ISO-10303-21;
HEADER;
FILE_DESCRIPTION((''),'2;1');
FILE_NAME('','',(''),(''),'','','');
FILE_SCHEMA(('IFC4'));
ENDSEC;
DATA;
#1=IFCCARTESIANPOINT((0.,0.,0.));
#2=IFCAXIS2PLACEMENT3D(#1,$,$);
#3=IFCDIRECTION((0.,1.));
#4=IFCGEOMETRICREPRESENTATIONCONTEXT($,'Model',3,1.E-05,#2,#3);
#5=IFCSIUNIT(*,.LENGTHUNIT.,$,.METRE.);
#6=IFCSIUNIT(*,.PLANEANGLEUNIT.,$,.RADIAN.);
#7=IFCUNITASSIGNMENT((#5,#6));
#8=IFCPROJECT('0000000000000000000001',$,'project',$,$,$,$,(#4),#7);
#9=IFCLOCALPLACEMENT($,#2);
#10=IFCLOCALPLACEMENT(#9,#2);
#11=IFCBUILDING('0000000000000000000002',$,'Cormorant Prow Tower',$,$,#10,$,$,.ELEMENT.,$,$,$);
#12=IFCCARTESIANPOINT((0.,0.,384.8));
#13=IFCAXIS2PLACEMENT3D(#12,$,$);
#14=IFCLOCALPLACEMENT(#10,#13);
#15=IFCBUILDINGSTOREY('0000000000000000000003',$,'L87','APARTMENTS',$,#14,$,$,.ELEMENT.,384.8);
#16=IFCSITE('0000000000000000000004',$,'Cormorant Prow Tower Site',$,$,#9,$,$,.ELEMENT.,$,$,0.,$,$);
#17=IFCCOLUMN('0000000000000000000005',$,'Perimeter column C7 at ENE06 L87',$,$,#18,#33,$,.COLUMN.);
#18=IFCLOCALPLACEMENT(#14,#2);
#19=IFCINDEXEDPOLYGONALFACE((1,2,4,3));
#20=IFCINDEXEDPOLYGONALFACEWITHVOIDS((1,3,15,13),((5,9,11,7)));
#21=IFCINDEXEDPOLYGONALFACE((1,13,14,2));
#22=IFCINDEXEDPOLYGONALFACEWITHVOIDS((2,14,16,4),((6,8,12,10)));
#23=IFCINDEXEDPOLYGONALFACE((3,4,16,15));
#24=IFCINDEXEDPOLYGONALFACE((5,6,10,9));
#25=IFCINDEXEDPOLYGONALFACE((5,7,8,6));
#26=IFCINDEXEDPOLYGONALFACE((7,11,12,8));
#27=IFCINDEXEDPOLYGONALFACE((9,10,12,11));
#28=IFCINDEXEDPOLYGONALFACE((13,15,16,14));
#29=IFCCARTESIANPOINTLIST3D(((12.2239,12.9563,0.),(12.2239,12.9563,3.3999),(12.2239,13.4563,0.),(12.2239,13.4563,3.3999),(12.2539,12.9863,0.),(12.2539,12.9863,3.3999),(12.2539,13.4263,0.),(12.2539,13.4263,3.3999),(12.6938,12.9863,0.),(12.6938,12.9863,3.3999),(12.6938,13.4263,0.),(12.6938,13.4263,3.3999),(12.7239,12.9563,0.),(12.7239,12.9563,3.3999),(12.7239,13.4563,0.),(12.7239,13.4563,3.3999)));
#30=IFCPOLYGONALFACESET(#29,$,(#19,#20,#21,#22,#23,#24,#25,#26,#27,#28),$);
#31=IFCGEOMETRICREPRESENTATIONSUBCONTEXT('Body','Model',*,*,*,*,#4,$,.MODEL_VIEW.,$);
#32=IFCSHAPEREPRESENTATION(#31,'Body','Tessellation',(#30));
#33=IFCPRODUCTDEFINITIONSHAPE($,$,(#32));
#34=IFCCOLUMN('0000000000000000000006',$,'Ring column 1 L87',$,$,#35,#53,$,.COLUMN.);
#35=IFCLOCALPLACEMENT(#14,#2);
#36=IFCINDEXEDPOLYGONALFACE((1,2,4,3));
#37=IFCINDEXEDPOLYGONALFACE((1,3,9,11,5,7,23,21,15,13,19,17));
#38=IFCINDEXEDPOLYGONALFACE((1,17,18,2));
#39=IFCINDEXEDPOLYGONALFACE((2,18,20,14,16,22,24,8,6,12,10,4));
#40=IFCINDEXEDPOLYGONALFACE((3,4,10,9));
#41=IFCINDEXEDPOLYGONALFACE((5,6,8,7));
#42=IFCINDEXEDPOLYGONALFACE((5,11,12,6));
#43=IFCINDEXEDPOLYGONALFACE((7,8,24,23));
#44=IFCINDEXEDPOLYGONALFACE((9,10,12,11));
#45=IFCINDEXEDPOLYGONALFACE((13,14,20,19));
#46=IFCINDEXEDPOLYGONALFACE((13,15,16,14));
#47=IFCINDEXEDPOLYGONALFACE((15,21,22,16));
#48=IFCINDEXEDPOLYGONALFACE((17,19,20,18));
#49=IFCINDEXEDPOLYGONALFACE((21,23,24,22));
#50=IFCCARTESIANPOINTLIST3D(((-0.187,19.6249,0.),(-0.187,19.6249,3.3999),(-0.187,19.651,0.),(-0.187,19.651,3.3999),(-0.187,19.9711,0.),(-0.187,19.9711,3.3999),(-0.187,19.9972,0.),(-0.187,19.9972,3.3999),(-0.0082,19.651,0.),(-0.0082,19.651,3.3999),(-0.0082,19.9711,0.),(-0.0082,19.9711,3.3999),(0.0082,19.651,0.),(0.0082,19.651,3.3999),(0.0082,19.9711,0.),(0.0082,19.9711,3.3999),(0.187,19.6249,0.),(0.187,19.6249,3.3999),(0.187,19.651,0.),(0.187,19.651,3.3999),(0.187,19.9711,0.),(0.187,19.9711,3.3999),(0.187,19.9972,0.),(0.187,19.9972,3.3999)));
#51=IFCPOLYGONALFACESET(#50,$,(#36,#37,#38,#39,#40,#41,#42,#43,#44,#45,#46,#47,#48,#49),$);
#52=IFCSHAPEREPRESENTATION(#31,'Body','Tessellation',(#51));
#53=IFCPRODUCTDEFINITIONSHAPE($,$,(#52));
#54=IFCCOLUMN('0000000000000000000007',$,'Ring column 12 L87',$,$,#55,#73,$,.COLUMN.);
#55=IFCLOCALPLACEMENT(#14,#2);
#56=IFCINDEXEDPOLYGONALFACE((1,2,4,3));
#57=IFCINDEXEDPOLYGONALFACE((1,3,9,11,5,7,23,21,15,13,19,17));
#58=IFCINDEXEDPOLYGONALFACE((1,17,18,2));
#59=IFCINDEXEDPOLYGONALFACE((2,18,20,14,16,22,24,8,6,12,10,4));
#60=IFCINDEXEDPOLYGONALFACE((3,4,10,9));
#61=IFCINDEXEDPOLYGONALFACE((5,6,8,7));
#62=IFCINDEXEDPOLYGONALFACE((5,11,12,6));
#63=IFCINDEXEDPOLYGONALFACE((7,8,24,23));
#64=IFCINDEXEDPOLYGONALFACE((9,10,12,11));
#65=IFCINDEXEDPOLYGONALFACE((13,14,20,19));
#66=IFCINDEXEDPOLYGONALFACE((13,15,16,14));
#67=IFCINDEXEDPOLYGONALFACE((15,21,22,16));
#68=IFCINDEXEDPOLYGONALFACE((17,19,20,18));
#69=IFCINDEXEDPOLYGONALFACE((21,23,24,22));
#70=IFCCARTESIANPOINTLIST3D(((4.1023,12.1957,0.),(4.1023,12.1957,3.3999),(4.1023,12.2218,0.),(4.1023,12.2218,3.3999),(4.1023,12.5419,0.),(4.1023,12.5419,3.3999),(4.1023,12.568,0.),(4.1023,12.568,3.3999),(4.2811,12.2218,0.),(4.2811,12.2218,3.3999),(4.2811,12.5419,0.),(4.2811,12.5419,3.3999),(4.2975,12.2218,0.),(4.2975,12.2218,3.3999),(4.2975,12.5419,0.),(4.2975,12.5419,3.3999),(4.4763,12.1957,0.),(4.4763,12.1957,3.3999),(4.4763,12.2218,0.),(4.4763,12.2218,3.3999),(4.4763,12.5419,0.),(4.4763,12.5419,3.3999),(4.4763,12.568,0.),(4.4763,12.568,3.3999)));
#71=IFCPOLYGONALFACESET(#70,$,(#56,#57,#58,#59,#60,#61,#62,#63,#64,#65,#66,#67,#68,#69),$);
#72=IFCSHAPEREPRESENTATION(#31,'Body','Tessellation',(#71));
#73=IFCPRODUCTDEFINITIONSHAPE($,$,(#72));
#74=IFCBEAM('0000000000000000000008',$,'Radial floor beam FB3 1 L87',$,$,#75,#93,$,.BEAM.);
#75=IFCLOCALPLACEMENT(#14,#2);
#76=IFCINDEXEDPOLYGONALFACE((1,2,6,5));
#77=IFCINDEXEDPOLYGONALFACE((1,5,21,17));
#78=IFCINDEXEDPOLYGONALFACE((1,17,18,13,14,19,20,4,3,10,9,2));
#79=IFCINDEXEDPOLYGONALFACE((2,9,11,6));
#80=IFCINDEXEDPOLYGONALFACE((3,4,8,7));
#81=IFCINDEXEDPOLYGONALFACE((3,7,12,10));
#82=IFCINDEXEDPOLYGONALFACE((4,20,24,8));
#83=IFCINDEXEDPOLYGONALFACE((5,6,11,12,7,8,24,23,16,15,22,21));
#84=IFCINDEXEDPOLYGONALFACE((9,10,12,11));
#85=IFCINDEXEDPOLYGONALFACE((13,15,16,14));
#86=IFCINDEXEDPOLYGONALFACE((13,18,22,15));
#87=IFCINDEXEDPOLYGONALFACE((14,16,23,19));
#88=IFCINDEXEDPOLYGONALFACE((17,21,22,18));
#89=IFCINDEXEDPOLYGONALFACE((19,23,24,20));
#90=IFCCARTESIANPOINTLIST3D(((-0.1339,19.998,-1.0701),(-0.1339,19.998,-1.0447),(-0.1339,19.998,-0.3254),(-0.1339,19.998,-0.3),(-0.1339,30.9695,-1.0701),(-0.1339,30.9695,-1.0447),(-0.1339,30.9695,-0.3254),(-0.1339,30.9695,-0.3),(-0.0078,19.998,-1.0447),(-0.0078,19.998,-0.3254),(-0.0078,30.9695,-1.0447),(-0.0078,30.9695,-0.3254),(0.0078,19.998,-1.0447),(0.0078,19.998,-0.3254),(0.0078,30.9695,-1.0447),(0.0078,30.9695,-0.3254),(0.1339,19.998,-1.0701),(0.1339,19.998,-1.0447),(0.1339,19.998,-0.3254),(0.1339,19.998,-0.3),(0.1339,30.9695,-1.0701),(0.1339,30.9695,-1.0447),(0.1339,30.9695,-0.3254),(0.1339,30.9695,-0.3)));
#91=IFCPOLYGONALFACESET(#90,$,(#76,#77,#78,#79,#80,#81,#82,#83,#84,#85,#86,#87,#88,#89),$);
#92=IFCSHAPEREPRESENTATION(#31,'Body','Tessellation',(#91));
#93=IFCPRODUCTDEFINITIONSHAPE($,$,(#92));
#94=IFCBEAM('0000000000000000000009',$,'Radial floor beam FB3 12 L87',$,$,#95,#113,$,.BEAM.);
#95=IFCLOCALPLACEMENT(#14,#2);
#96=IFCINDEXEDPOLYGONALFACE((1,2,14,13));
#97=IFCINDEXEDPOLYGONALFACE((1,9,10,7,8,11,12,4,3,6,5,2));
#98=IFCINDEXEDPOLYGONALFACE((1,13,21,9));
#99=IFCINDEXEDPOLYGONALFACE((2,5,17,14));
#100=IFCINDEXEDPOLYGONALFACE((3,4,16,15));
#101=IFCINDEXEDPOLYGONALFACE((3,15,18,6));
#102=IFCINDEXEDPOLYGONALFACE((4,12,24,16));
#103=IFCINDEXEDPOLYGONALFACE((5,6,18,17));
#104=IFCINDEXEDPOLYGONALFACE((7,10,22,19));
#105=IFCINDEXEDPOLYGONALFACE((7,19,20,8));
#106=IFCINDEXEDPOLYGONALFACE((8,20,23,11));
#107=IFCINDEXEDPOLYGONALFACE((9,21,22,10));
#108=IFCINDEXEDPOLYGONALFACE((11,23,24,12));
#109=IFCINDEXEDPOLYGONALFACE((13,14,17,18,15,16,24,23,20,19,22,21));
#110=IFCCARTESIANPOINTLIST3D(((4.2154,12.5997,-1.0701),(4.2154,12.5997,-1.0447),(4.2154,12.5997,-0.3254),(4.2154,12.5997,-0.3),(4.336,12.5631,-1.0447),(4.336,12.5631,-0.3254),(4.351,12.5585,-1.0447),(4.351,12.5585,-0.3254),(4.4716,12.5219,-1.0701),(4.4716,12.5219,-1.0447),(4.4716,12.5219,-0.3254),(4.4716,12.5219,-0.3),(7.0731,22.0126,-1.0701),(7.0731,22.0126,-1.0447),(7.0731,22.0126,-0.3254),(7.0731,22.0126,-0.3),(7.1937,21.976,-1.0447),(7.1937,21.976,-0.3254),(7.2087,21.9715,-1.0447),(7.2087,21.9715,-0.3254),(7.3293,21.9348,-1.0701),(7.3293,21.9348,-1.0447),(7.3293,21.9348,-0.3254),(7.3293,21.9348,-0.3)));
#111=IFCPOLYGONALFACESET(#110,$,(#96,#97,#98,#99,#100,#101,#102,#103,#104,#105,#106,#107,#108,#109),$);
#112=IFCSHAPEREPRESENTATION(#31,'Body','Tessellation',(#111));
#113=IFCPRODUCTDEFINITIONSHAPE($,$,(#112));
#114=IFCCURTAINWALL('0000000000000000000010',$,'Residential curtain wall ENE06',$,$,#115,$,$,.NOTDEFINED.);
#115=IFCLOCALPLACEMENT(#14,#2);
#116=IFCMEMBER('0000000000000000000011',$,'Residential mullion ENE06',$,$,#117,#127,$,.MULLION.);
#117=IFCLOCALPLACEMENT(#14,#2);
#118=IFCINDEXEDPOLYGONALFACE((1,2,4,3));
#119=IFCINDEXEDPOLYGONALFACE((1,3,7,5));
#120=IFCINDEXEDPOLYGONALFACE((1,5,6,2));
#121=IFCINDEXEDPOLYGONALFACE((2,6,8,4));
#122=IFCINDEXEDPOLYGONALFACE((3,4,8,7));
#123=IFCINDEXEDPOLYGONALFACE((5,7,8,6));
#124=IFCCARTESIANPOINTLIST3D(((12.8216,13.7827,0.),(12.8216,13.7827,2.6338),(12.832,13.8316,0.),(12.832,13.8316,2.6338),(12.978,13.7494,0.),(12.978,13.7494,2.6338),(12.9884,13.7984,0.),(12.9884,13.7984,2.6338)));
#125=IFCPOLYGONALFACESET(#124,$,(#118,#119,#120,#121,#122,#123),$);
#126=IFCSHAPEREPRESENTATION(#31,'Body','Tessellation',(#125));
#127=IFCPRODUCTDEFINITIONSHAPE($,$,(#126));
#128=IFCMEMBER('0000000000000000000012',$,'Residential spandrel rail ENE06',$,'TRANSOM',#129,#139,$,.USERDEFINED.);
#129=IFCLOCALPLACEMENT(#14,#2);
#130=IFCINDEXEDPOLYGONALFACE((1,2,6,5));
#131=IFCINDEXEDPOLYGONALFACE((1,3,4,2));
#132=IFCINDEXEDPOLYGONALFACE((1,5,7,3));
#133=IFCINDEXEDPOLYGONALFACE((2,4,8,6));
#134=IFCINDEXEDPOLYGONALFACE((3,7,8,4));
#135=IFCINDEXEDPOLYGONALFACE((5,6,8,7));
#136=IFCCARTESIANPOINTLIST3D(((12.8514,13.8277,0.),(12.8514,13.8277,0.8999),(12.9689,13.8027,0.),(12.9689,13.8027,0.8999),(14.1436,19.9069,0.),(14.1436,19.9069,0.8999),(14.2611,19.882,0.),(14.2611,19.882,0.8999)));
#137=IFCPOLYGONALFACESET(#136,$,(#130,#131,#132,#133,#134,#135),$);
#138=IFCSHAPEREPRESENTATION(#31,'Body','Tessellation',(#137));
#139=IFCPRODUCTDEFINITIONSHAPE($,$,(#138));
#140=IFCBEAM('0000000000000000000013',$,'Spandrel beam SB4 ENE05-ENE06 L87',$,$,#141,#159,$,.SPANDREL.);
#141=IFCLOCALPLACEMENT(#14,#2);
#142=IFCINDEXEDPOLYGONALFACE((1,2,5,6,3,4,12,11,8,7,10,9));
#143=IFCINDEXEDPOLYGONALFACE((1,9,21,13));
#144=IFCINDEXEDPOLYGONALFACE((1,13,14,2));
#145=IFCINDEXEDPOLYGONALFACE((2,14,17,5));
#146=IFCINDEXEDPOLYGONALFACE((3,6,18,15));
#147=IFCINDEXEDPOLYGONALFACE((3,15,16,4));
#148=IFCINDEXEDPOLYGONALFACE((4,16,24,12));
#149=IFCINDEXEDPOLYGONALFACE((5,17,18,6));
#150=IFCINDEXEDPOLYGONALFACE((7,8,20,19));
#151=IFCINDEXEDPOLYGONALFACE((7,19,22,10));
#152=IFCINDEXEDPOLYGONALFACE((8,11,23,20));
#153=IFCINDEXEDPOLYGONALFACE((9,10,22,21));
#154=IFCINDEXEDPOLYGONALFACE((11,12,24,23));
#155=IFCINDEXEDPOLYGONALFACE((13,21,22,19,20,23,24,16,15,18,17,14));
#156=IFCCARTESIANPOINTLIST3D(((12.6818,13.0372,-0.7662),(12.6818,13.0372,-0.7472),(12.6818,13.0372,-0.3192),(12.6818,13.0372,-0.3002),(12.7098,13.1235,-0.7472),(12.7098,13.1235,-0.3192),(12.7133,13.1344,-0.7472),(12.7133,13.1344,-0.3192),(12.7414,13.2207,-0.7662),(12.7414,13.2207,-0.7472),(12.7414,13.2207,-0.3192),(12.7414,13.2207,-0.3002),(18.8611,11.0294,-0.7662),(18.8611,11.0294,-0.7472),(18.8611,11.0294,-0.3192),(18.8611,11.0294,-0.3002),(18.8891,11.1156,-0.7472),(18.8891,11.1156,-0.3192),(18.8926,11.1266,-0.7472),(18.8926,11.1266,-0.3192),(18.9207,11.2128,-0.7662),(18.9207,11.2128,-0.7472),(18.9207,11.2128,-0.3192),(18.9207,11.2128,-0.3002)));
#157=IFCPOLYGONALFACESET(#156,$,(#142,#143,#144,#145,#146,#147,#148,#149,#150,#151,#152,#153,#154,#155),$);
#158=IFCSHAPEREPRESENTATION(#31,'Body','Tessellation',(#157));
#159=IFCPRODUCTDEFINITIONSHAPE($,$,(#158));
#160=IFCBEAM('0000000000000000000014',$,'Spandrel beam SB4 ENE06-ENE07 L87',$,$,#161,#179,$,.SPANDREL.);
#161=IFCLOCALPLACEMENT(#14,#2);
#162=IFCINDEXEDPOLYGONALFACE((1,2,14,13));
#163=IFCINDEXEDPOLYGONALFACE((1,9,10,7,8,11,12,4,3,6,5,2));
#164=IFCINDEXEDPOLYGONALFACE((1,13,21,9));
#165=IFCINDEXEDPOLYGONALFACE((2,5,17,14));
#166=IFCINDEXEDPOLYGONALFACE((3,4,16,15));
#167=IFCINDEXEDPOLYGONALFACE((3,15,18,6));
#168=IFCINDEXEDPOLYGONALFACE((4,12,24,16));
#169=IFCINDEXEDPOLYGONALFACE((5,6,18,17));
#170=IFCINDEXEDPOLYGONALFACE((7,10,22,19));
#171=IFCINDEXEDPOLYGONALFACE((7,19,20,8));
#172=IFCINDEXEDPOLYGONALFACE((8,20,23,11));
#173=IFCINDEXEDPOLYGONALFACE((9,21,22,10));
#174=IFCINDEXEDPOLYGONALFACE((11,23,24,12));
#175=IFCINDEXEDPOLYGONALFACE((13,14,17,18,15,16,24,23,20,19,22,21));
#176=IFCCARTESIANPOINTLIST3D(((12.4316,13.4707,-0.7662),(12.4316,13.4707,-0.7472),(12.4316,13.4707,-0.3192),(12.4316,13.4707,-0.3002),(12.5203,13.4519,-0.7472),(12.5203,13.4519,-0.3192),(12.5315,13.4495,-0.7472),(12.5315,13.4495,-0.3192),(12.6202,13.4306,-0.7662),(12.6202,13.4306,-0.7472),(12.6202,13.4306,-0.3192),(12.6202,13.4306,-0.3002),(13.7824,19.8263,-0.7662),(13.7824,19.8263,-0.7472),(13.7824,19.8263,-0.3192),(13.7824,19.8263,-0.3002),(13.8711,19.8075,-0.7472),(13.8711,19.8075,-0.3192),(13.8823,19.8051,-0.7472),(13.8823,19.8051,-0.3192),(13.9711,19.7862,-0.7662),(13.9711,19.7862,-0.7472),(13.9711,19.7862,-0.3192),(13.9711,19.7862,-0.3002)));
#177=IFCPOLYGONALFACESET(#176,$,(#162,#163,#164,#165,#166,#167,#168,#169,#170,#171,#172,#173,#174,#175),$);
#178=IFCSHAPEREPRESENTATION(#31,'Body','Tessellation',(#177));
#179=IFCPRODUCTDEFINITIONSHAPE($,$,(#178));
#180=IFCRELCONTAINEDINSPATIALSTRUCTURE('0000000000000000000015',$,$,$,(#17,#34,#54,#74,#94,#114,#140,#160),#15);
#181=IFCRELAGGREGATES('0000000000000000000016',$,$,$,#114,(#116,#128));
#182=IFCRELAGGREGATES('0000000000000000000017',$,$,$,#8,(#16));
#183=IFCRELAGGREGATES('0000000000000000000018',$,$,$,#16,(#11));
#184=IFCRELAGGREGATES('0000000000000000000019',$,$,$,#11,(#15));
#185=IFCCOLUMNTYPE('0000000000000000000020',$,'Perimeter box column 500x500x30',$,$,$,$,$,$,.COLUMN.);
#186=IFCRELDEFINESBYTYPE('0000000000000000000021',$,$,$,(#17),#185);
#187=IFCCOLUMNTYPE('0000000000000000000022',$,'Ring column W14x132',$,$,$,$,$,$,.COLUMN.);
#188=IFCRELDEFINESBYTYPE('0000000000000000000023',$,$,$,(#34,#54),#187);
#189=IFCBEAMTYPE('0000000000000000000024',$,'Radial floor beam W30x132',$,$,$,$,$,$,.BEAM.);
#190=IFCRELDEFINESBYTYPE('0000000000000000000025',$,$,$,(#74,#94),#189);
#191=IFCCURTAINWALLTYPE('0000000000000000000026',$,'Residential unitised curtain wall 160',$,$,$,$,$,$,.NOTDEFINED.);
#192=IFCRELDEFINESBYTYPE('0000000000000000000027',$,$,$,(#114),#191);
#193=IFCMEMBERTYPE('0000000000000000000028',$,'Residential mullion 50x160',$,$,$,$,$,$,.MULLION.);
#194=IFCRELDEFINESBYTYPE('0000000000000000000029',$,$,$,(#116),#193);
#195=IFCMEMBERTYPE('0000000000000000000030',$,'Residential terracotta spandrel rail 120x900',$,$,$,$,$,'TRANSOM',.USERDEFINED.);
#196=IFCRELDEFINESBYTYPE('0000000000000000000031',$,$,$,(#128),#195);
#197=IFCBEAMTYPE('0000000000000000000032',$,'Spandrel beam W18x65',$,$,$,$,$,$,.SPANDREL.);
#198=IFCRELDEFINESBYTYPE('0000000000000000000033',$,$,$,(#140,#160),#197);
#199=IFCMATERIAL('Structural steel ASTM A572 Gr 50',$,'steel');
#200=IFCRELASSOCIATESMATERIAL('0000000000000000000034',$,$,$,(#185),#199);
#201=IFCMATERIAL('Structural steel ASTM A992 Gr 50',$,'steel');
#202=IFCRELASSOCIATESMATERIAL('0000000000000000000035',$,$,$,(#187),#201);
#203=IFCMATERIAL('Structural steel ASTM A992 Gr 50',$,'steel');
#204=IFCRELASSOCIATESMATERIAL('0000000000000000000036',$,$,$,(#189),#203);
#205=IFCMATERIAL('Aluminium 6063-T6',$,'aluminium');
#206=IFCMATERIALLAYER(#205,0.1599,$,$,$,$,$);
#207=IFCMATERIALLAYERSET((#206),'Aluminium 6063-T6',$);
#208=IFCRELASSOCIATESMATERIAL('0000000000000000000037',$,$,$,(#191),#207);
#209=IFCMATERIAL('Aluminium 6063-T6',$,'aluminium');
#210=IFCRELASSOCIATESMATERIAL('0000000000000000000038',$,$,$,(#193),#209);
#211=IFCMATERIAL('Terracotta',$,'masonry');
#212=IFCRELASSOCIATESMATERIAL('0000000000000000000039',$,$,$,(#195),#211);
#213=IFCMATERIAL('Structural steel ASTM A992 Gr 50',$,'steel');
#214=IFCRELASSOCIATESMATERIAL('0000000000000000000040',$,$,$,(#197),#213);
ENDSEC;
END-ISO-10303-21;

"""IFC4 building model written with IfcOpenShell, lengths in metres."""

from ifc_helpers import new_model, si_unit, direction, frame, origin, origin_2d, place, context, subcontext, project, spatial, rectangle, hollow_rectangle, i_section, extrude, material, layer, layer_set, material_profile, profile_set, type_object, element, aggregate, save


model = new_model("IFC4")

# Units and contexts
model_context = context("Model", 3, precision=1e-05, world=origin(), true_north=direction((0.0, 1.0)))
body_context = subcontext(model_context, "Body", "Model", "MODEL_VIEW")
ifc_project = project(units=[si_unit("LENGTHUNIT", "METRE"), si_unit("PLANEANGLEUNIT", "RADIAN")], contexts=[model_context])

# Site, building, storey
site_placement = place(None, origin())
site = spatial("IfcSite", under=ifc_project, at=site_placement, Name="Cormorant Prow Tower Site", CompositionType="ELEMENT", RefElevation=0.0)
building_placement = place(site_placement, origin())
building = spatial("IfcBuilding", under=site, at=building_placement, Name="Cormorant Prow Tower", CompositionType="ELEMENT")
storey_placement = place(building_placement, frame((0.0, 0.0, 384.8)))
storey = spatial("IfcBuildingStorey", under=building, at=storey_placement, Name="L87", Description="APARTMENTS", CompositionType="ELEMENT", Elevation=384.8)

# Columns
ifc_material_1 = material(Name="Structural steel ASTM A572 Gr 50", Category="steel")
ifc_material_profile_1 = material_profile(ifc_material_1, hollow_rectangle(XDim=0.5, YDim=0.5, WallThickness=0.03, at=origin_2d()), Name="Box 500x500x30")
ifc_profile_set_1 = profile_set([ifc_material_profile_1], Name="Structural steel ASTM A572 Gr 50")
column_type_1 = type_object("IfcColumnType", Name="Perimeter box column 500x500x30", PredefinedType="COLUMN", material=ifc_profile_set_1)
column_placement = place(storey_placement, frame((12.4739, 13.2063, 0.0), z_axis=(0.0, 0.0, 1.0), x_axis=(1.0, 0.0, 0.0)))
element("IfcColumn", 1, at=column_placement, inside=storey, type_object=column_type_1, Name="Perimeter column C7 at ENE06 L87", PredefinedType="COLUMN", context=body_context, shape_type="SweptSolid", body=[
    extrude(hollow_rectangle(XDim=0.5, YDim=0.5, WallThickness=0.03, at=origin_2d()), origin(), (0.0, 0.0, 1.0), 3.3999),
])
ifc_material_2 = material(Name="Structural steel ASTM A992 Gr 50", Category="steel")
ifc_material_profile_2 = material_profile(ifc_material_2, i_section(OverallWidth=0.374, OverallDepth=0.3723, WebThickness=0.0164, FlangeThickness=0.0261, at=origin_2d()), Name="W14x132")
ifc_profile_set_2 = profile_set([ifc_material_profile_2], Name="Structural steel ASTM A992 Gr 50")
column_type_2 = type_object("IfcColumnType", Name="Ring column W14x132", PredefinedType="COLUMN", material=ifc_profile_set_2)
for number, where, z_axis, x_axis, name in (
    (2, (0.0, 19.811, 0.0), (0.0, 0.0, 1.0), (1.0, 0.0, 0.0), "Ring column 1 L87"),
    (3, (4.2893, 12.3818, 0.0), (0.0, 0.0, 1.0), (1.0, 0.0, 0.0), "Ring column 12 L87"),
):
    element("IfcColumn", number, at=place(storey_placement, frame(where, z_axis=z_axis, x_axis=x_axis)), inside=storey, type_object=column_type_2, Name=name, PredefinedType="COLUMN", context=body_context, shape_type="SweptSolid", body=[
        extrude(i_section(OverallWidth=0.374, OverallDepth=0.3723, WebThickness=0.0164, FlangeThickness=0.0261, at=origin_2d()), origin(), (0.0, 0.0, 1.0), 3.3999),
    ])

# Beams
ifc_material_3 = material(Name="Structural steel ASTM A992 Gr 50", Category="steel")
ifc_material_profile_3 = material_profile(ifc_material_3, i_section(OverallWidth=0.2678, OverallDepth=0.77, WebThickness=0.0156, FlangeThickness=0.0254, at=origin_2d()), Name="W30x132")
ifc_profile_set_3 = profile_set([ifc_material_profile_3], Name="Structural steel ASTM A992 Gr 50")
beam_type_1 = type_object("IfcBeamType", Name="Radial floor beam W30x132", PredefinedType="BEAM", material=ifc_profile_set_3)
beam_1_placement = place(storey_placement, frame((0.0, 19.998, -0.6851), z_axis=(0.0, 1.0, 0.0), x_axis=(-1.0, 0.0, 0.0)))
element("IfcBeam", 4, at=beam_1_placement, inside=storey, type_object=beam_type_1, Name="Radial floor beam FB3 1 L87", PredefinedType="BEAM", context=body_context, shape_type="SweptSolid", body=[
    extrude(i_section(OverallWidth=0.2678, OverallDepth=0.77, WebThickness=0.0156, FlangeThickness=0.0254, at=origin_2d()), origin(), (0.0, 0.0, 1.0), 10.9714),
])
beam_2_placement = place(storey_placement, frame((4.3435, 12.5608, -0.6851), z_axis=(0.2905, 0.956875, 0.0), x_axis=(-0.956875, 0.2905, 0.0)))
element("IfcBeam", 5, at=beam_2_placement, inside=storey, type_object=beam_type_1, Name="Radial floor beam FB3 12 L87", PredefinedType="BEAM", context=body_context, shape_type="SweptSolid", body=[
    extrude(i_section(OverallWidth=0.2678, OverallDepth=0.77, WebThickness=0.0156, FlangeThickness=0.0254, at=origin_2d()), origin(), (0.0, 0.0, 1.0), 9.8372),
])

# Curtain wall, members
ifc_material_4 = material(Name="Aluminium 6063-T6", Category="aluminium")
ifc_layer_1 = layer(ifc_material_4, 0.1599)
ifc_layer_set_1 = layer_set([ifc_layer_1], Name="Aluminium 6063-T6")
curtain_wall_type = type_object("IfcCurtainWallType", Name="Residential unitised curtain wall 160", PredefinedType="NOTDEFINED", material=ifc_layer_set_1)
curtain_wall_placement = place(storey_placement, origin())
curtain_wall = element("IfcCurtainWall", 6, at=curtain_wall_placement, inside=storey, type_object=curtain_wall_type, Name="Residential curtain wall ENE06", PredefinedType="NOTDEFINED")
ifc_material_5 = material(Name="Aluminium 6063-T6", Category="aluminium")
ifc_material_profile_4 = material_profile(ifc_material_5, rectangle(XDim=0.1599, YDim=0.05, at=origin_2d()), Name="Residential mullion 50x160")
ifc_profile_set_4 = profile_set([ifc_material_profile_4], Name="Aluminium 6063-T6")
member_type_1 = type_object("IfcMemberType", Name="Residential mullion 50x160", PredefinedType="MULLION", material=ifc_profile_set_4)
member_1_placement = place(storey_placement, frame((12.905, 13.7905, 0.0), z_axis=(0.0, 0.0, 1.0), x_axis=(-0.978148, 0.207912, 0.0)))
member_1 = element("IfcMember", 7, at=member_1_placement, type_object=member_type_1, Name="Residential mullion ENE06", PredefinedType="MULLION", context=body_context, shape_type="SweptSolid", body=[
    extrude(rectangle(XDim=0.1599, YDim=0.05, at=origin_2d()), origin(), (0.0, 0.0, 1.0), 2.6338),
])
ifc_material_6 = material(Name="Terracotta", Category="masonry")
ifc_material_profile_5 = material_profile(ifc_material_6, rectangle(XDim=0.1201, YDim=0.8999, at=origin_2d()), Name="Residential terracotta spandrel rail 120x900")
ifc_profile_set_5 = profile_set([ifc_material_profile_5], Name="Terracotta")
member_type_2 = type_object("IfcMemberType", Name="Residential terracotta spandrel rail 120x900", ElementType="TRANSOM", PredefinedType="USERDEFINED", material=ifc_profile_set_5)
member_2_placement = place(storey_placement, frame((12.9102, 13.8152, 0.45), z_axis=(0.207917, 0.978147, 0.0), x_axis=(-0.978147, 0.207917, 0.0)))
member_2 = element("IfcMember", 8, at=member_2_placement, type_object=member_type_2, Name="Residential spandrel rail ENE06", ObjectType="TRANSOM", PredefinedType="USERDEFINED", context=body_context, shape_type="SweptSolid", body=[
    extrude(rectangle(XDim=0.1201, YDim=0.8999, at=origin_2d()), origin(), (0.0, 0.0, 1.0), 6.2151),
])

# Beams
ifc_material_7 = material(Name="Structural steel ASTM A992 Gr 50", Category="steel")
ifc_material_profile_6 = material_profile(ifc_material_7, i_section(OverallWidth=0.1929, OverallDepth=0.4661, WebThickness=0.0115, FlangeThickness=0.019, at=origin_2d()), Name="W18x65")
ifc_profile_set_6 = profile_set([ifc_material_profile_6], Name="Structural steel ASTM A992 Gr 50")
beam_type_2 = type_object("IfcBeamType", Name="Spandrel beam W18x65", PredefinedType="SPANDREL", material=ifc_profile_set_6)
beam_3_placement = place(storey_placement, frame((18.8909, 11.1211, -0.5332), z_axis=(-0.951053, 0.309027, 0.0), x_axis=(-0.309027, -0.951053, 0.0)))
element("IfcBeam", 9, at=beam_3_placement, inside=storey, type_object=beam_type_2, Name="Spandrel beam SB4 ENE05-ENE06 L87", PredefinedType="SPANDREL", context=body_context, shape_type="SweptSolid", body=[
    extrude(i_section(OverallWidth=0.1929, OverallDepth=0.4661, WebThickness=0.0115, FlangeThickness=0.019, at=origin_2d()), origin(), (0.0, 0.0, 1.0), 6.4973),
])
beam_4_placement = place(storey_placement, frame((12.5259, 13.4507, -0.5332), z_axis=(0.207902, 0.97815, 0.0), x_axis=(-0.97815, 0.207902, 0.0)))
element("IfcBeam", 10, at=beam_4_placement, inside=storey, type_object=beam_type_2, Name="Spandrel beam SB4 ENE06-ENE07 L87", PredefinedType="SPANDREL", context=body_context, shape_type="SweptSolid", body=[
    extrude(i_section(OverallWidth=0.1929, OverallDepth=0.4661, WebThickness=0.0115, FlangeThickness=0.019, at=origin_2d()), origin(), (0.0, 0.0, 1.0), 6.4976),
])

aggregate(curtain_wall, [member_1, member_2])

save(model, "model.ifc")
